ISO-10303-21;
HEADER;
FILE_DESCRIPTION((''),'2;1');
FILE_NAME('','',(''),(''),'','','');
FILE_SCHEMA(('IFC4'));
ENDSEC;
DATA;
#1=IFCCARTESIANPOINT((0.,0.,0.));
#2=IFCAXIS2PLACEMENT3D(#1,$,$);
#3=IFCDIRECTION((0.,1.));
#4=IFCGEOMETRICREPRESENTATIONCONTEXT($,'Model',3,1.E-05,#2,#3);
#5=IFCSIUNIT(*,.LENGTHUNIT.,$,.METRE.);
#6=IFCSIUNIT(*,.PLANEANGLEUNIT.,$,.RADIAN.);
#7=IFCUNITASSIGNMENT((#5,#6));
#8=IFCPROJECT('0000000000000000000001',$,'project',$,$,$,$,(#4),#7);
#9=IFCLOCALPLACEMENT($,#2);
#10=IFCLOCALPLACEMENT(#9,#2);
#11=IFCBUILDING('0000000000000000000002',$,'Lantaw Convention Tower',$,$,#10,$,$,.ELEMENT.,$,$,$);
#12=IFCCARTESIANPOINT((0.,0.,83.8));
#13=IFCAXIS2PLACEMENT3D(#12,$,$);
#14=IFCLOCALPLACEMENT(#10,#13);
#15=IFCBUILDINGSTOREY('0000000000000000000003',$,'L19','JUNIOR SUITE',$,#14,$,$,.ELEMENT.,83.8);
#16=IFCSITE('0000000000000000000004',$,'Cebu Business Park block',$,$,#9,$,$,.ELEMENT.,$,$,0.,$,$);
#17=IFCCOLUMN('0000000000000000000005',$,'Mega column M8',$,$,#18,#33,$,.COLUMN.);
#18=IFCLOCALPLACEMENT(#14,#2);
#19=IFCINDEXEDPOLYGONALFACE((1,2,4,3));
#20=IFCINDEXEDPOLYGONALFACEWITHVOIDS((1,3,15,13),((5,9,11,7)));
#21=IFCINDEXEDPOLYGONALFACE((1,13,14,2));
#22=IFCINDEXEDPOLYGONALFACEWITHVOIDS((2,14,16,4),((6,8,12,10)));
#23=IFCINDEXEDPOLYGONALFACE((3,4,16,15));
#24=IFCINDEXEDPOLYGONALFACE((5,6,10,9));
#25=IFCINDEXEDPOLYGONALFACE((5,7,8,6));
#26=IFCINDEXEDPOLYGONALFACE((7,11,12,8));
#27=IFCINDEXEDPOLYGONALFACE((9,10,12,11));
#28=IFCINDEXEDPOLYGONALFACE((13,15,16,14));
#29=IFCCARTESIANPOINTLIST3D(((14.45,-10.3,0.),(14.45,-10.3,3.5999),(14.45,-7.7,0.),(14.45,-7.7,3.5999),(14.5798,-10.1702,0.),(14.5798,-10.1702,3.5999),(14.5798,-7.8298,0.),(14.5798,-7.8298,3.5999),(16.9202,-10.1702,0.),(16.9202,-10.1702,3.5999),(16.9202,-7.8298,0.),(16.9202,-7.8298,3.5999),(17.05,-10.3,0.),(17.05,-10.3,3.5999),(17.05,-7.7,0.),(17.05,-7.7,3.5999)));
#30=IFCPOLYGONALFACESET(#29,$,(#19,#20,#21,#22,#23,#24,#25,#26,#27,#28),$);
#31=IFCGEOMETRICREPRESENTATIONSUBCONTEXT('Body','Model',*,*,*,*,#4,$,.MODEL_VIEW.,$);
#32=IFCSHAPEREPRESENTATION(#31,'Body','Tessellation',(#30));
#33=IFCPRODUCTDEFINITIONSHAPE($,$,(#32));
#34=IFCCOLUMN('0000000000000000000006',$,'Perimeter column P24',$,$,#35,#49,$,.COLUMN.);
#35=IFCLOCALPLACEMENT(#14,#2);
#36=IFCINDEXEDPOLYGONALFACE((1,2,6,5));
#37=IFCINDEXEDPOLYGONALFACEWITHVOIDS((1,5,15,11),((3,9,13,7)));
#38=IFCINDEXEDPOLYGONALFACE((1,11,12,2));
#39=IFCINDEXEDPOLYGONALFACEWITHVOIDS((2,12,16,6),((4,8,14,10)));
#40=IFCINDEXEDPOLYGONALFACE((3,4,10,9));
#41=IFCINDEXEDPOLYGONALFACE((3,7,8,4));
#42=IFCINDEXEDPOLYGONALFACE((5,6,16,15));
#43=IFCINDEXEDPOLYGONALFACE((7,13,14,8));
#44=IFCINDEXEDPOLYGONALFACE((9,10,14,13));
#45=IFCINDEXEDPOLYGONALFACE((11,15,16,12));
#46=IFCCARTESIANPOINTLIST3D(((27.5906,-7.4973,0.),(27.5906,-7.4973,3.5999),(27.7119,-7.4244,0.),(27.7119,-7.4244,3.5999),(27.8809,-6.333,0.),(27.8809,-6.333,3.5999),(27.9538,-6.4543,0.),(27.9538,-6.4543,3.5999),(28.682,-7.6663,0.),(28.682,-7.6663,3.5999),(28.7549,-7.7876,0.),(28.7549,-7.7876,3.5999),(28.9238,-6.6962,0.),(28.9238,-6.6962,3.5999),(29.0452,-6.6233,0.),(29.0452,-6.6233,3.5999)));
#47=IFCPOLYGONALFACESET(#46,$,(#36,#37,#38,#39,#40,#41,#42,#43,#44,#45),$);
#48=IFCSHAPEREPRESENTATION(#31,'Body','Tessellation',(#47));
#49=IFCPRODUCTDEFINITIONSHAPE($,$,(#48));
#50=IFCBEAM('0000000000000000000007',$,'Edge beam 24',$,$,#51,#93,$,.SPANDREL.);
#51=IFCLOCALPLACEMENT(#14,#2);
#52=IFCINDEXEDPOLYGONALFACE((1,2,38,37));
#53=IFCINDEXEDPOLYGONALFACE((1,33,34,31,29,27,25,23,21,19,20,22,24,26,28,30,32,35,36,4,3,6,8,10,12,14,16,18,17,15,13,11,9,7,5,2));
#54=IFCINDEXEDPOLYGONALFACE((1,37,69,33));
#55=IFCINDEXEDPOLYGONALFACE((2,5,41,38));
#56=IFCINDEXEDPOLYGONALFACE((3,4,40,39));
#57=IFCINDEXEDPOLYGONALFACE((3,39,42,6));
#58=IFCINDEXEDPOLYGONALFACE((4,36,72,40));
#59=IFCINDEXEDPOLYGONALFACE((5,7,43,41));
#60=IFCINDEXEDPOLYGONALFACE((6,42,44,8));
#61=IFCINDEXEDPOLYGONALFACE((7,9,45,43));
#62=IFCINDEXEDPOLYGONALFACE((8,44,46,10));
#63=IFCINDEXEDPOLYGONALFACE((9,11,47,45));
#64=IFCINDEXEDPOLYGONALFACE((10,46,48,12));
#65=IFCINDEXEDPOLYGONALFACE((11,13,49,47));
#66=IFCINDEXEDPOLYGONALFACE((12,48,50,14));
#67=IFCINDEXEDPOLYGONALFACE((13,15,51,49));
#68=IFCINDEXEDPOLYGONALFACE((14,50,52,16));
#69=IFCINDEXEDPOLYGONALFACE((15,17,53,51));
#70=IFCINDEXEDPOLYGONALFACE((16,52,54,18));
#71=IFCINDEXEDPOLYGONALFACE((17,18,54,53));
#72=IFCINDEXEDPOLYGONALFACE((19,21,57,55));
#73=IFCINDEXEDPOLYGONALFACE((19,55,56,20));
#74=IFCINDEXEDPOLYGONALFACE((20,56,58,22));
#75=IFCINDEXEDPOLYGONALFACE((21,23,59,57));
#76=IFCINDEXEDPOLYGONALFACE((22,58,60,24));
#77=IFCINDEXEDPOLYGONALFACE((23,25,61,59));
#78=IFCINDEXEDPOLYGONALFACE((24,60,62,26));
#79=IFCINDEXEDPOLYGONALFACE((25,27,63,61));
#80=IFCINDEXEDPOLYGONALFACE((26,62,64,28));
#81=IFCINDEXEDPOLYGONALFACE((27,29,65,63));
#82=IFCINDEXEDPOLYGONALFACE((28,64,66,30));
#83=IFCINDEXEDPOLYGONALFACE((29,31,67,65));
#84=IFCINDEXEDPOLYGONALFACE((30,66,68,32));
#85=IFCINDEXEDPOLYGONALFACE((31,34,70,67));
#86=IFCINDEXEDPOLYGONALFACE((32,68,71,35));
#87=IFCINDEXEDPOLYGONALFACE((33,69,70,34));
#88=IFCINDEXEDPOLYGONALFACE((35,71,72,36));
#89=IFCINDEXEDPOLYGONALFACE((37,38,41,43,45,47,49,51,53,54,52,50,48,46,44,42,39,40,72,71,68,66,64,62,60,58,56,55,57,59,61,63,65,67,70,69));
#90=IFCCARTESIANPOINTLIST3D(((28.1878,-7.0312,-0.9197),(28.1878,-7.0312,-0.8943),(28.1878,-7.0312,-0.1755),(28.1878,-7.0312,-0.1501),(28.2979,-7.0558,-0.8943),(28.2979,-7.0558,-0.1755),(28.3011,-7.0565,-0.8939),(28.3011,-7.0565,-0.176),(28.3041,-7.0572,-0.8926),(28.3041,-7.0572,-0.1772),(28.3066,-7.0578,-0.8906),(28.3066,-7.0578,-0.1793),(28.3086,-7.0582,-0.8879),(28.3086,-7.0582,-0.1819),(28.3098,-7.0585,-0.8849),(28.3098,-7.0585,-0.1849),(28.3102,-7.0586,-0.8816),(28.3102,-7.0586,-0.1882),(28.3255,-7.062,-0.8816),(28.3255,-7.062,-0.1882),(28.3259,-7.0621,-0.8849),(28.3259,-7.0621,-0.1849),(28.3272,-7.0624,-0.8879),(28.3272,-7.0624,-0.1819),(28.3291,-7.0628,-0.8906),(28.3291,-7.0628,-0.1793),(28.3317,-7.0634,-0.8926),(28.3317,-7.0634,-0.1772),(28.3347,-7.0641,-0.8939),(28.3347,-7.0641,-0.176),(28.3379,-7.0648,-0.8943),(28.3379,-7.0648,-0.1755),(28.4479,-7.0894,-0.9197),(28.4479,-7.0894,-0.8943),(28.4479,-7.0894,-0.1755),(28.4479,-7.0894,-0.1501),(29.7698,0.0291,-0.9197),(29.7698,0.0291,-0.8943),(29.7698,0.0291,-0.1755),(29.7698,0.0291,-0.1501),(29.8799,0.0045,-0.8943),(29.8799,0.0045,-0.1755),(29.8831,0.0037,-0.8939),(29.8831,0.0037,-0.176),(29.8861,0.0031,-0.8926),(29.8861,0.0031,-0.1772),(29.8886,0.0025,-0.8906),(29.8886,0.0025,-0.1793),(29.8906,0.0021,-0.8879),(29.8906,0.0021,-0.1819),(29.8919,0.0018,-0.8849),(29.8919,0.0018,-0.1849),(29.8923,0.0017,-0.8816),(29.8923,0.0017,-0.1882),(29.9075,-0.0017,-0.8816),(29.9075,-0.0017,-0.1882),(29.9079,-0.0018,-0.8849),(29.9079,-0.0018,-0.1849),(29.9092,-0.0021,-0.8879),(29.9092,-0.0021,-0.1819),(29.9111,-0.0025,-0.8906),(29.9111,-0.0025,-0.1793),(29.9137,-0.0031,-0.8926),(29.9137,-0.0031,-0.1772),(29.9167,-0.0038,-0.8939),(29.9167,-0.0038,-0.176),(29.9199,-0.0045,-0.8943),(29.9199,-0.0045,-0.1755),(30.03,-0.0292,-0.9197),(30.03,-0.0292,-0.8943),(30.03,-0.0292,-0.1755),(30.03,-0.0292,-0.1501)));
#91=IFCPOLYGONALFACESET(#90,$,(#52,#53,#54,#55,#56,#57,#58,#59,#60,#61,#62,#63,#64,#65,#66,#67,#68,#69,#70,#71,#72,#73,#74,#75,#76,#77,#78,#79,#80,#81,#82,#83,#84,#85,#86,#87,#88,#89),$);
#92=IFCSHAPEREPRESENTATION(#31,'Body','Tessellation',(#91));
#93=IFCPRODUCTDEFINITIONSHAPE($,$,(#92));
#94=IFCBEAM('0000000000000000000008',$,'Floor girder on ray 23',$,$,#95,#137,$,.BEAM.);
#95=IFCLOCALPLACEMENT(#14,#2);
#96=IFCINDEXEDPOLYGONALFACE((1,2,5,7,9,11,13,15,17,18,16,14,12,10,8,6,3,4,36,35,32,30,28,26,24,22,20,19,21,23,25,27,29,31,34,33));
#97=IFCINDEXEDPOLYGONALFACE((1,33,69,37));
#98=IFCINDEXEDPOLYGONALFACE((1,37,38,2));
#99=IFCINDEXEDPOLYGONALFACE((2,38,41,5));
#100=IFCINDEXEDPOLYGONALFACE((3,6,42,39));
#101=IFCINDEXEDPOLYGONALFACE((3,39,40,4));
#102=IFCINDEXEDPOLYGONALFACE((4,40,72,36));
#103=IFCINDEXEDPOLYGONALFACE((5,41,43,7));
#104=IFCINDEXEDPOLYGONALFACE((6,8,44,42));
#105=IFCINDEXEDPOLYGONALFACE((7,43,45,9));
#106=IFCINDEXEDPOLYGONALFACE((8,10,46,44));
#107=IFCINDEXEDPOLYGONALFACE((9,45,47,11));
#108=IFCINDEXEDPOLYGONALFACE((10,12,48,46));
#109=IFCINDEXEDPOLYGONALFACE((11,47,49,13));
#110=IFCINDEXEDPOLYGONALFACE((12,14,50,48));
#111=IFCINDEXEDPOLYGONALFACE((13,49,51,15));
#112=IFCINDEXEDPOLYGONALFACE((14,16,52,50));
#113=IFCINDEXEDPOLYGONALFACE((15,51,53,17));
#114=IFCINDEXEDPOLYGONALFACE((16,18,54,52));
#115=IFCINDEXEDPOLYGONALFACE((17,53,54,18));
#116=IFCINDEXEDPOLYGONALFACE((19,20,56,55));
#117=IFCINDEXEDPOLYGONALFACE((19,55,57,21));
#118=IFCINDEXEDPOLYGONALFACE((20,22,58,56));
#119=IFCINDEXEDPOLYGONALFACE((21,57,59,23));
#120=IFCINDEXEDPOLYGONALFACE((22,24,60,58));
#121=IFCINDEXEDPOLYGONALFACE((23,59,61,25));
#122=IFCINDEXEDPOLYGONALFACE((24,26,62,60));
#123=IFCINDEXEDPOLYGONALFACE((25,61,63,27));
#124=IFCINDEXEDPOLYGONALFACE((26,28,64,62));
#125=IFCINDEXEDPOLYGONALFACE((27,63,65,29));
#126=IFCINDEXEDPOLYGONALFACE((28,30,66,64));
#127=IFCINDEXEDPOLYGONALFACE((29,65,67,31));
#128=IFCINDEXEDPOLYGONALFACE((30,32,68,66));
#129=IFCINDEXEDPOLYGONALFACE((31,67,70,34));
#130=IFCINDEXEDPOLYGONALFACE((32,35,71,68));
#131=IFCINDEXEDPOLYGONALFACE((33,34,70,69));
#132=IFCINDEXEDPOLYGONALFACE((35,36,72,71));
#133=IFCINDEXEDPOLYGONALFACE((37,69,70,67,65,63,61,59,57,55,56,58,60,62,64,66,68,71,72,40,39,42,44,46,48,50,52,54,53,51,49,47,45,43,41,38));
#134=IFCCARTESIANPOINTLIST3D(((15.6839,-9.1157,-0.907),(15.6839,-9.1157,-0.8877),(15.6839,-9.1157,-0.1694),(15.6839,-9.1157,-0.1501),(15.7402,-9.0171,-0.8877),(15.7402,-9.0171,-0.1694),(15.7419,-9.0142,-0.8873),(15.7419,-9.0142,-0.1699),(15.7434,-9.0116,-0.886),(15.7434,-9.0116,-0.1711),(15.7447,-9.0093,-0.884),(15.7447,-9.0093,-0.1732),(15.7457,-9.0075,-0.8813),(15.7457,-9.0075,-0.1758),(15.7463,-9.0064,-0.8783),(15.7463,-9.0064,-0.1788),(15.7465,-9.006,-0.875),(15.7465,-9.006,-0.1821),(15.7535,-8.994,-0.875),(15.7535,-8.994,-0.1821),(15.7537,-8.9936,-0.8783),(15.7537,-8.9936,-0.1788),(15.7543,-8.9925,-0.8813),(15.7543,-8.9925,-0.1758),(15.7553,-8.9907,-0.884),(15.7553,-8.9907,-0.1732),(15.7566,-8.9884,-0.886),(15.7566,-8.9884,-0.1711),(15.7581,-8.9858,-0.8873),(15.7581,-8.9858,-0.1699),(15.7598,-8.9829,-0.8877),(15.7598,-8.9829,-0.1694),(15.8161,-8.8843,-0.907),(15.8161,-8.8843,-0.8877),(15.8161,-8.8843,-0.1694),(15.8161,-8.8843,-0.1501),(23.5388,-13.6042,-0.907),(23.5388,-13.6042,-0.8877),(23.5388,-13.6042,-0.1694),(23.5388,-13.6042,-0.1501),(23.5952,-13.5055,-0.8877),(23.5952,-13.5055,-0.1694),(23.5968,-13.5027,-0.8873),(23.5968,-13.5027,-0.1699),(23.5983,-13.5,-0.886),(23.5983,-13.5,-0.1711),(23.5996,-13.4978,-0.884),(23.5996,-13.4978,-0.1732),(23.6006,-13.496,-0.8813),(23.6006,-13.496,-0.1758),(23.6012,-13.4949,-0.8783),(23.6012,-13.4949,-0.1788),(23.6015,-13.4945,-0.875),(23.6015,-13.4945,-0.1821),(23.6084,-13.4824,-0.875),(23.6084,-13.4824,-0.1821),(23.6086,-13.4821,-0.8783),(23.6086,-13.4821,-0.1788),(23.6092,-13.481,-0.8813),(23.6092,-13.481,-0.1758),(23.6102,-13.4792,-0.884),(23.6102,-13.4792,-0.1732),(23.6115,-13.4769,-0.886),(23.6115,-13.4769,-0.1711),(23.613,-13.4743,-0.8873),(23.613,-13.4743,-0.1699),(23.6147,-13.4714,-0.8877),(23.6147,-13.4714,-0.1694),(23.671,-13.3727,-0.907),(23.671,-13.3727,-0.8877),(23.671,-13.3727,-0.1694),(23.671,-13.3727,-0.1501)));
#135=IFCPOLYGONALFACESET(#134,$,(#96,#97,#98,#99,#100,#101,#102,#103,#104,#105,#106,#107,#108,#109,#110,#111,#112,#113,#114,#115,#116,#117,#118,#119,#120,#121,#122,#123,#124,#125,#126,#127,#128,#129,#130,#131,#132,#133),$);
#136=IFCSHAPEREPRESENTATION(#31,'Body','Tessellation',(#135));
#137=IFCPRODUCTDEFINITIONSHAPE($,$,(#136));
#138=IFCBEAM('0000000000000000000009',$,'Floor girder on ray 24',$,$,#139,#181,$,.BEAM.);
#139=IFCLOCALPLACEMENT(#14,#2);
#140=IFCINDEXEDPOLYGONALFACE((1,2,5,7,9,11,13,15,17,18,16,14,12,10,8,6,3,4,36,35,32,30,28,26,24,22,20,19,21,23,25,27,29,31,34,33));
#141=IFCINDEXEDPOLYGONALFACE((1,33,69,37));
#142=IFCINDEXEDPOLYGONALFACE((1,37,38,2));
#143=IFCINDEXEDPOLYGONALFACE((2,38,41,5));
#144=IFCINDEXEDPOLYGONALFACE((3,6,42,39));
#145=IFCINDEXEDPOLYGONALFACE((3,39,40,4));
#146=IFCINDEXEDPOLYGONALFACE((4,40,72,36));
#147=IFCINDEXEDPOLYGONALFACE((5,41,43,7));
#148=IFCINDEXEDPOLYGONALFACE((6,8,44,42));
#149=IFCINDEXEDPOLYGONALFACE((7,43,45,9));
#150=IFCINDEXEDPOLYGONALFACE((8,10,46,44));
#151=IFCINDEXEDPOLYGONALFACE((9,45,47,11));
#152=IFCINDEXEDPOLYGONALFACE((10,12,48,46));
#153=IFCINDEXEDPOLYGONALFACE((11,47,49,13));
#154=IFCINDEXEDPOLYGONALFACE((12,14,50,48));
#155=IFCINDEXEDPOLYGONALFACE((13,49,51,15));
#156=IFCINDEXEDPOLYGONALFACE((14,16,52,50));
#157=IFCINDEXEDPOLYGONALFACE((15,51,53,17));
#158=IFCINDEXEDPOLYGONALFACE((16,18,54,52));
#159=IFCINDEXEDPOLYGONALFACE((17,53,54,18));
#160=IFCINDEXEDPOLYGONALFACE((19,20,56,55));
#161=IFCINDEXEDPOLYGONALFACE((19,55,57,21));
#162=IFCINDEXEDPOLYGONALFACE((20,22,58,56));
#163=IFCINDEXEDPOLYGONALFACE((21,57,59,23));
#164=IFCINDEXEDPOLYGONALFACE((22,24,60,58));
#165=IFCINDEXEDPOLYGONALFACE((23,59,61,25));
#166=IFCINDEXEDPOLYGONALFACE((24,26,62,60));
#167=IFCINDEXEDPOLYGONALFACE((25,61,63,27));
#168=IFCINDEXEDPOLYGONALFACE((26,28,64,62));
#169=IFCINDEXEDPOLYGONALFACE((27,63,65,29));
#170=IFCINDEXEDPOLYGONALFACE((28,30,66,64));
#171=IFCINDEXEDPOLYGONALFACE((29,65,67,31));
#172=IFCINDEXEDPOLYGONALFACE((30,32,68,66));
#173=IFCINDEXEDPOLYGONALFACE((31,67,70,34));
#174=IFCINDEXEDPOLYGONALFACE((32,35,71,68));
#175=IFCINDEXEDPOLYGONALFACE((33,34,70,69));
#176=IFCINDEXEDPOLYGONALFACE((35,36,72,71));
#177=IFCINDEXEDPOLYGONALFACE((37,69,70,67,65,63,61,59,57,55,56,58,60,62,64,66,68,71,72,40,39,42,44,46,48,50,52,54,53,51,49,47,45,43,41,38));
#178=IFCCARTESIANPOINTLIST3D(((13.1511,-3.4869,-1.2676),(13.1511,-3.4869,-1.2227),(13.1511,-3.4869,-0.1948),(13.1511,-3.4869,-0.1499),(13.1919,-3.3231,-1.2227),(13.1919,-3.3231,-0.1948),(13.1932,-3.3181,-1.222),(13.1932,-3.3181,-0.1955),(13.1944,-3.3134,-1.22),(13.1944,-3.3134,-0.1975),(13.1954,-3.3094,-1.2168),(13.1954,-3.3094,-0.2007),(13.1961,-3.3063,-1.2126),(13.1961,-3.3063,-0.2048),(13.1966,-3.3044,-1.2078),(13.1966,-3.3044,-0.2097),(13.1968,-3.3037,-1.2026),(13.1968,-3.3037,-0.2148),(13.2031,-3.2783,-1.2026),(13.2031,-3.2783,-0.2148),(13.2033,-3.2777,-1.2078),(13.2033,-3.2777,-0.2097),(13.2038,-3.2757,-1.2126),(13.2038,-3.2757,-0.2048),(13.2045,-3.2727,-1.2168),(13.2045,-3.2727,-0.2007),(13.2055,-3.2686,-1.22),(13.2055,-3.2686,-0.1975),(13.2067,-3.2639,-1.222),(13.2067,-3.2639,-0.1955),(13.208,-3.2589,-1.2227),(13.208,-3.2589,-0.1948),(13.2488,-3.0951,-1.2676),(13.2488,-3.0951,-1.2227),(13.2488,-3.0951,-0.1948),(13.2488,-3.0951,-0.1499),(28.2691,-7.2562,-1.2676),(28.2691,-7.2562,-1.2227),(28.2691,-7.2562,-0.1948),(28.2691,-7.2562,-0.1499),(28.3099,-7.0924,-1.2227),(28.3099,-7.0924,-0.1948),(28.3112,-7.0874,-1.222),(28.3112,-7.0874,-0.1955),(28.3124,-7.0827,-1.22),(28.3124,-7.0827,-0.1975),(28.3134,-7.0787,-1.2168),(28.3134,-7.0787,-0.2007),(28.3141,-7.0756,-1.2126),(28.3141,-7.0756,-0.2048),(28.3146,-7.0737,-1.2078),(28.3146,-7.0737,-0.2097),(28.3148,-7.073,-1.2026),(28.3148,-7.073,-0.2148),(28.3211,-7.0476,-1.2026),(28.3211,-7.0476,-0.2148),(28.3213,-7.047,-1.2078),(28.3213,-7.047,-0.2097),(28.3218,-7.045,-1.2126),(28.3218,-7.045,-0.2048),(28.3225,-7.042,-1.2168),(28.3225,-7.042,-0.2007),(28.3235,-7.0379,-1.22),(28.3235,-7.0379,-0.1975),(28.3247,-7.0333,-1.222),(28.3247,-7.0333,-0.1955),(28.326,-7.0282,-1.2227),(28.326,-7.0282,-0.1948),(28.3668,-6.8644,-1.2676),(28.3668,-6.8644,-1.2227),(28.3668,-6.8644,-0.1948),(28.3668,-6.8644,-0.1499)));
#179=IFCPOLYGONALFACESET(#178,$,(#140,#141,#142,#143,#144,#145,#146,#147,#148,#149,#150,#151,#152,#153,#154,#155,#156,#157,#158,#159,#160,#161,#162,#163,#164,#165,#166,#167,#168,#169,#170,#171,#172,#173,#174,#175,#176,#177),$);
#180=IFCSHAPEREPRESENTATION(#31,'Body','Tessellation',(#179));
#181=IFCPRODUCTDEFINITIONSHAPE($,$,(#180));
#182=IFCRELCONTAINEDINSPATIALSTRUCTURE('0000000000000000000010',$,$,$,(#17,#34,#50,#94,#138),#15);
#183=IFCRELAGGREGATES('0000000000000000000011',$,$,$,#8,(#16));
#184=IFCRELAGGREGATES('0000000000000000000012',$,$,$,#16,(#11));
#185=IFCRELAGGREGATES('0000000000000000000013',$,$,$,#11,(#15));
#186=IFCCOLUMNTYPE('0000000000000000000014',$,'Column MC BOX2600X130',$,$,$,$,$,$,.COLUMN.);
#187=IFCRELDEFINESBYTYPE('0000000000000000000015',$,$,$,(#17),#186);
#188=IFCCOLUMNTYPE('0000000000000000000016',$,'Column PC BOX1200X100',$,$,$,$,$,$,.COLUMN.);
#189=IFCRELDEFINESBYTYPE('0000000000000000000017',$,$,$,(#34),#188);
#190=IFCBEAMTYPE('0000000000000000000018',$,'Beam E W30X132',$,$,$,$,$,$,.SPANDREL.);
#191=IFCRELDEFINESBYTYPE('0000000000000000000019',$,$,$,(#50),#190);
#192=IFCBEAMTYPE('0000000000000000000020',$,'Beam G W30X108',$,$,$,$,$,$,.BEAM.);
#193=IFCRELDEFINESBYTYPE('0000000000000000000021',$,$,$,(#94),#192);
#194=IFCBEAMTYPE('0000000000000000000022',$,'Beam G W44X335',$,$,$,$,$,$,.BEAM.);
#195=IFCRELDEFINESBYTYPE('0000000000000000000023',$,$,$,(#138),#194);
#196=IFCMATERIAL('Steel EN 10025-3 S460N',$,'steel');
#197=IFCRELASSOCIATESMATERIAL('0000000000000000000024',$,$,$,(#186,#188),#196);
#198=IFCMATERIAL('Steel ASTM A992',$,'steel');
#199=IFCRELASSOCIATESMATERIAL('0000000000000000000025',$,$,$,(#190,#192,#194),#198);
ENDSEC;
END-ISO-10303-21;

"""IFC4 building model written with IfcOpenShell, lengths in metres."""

from ifc_helpers import new_model, si_unit, direction, frame, origin, origin_2d, place, context, subcontext, project, spatial, rectangle, hollow_rectangle, i_section, extrude, material, material_profile, profile_set, type_object, element, save


model = new_model("IFC4")

# Units and contexts
model_context = context("Model", 3, precision=1e-05, world=origin(), true_north=direction((0.0, 1.0)))
body_context = subcontext(model_context, "Body", "Model", "MODEL_VIEW")
ifc_project = project(units=[si_unit("LENGTHUNIT", "METRE"), si_unit("PLANEANGLEUNIT", "RADIAN")], contexts=[model_context])

# Site, building, storey
site_placement = place(None, origin())
site = spatial("IfcSite", under=ifc_project, at=site_placement, Name="Cebu Business Park block", CompositionType="ELEMENT", RefElevation=0.0)
building_placement = place(site_placement, origin())
building = spatial("IfcBuilding", under=site, at=building_placement, Name="Lantaw Convention Tower", CompositionType="ELEMENT")
storey_placement = place(building_placement, frame((0.0, 0.0, 83.8)))
storey = spatial("IfcBuildingStorey", under=building, at=storey_placement, Name="L19", Description="JUNIOR SUITE", CompositionType="ELEMENT", Elevation=83.8)

# Columns
ifc_material_1 = material(Name="Steel EN 10025-3 S460N", Category="steel")
ifc_material_profile_1 = material_profile(ifc_material_1, hollow_rectangle(XDim=2.6001, YDim=2.6001, WallThickness=0.1299, at=origin_2d()), Name="BOX2600X130")
ifc_material_2 = material(Name="Concrete C60/75", Category="concrete")
ifc_material_profile_2 = material_profile(ifc_material_2, rectangle(XDim=2.3401, YDim=2.3401, at=origin_2d()), Name="Concrete fill of BOX2600X130")
ifc_profile_set_1 = profile_set([ifc_material_profile_1, ifc_material_profile_2], Name="Steel EN 10025-3 S460N")
column_type_1 = type_object("IfcColumnType", Name="Column MC BOX2600X130", PredefinedType="COLUMN", material=ifc_profile_set_1)
column_1_placement = place(storey_placement, frame((15.75, -9.0, 0.0), z_axis=(0.0, 0.0, 1.0), x_axis=(1.0, 0.0, 0.0)))
element("IfcColumn", 1, at=column_1_placement, inside=storey, type_object=column_type_1, Name="Mega column M8", PredefinedType="COLUMN", context=body_context, shape_type="SweptSolid", body=[
    extrude(hollow_rectangle(XDim=2.6001, YDim=2.6001, WallThickness=0.1299, at=origin_2d()), origin(), (0.0, 0.0, 1.0), 3.5999),
])
ifc_material_profile_3 = material_profile(ifc_material_1, hollow_rectangle(XDim=1.2, YDim=1.2, WallThickness=0.1001, at=origin_2d()), Name="BOX1200X100")
ifc_material_profile_4 = material_profile(ifc_material_2, rectangle(XDim=1.0, YDim=1.0, at=origin_2d()), Name="Concrete fill of BOX1200X100")
ifc_profile_set_2 = profile_set([ifc_material_profile_3, ifc_material_profile_4], Name="Steel EN 10025-3 S460N")
column_type_2 = type_object("IfcColumnType", Name="Column PC BOX1200X100", PredefinedType="COLUMN", material=ifc_profile_set_2)
column_2_placement = place(storey_placement, frame((28.3179, -7.0603, 0.0), z_axis=(0.0, 0.0, 1.0), x_axis=(0.241922, 0.970296, 0.0)))
element("IfcColumn", 2, at=column_2_placement, inside=storey, type_object=column_type_2, Name="Perimeter column P24", PredefinedType="COLUMN", context=body_context, shape_type="SweptSolid", body=[
    extrude(hollow_rectangle(XDim=1.2, YDim=1.2, WallThickness=0.1001, at=origin_2d()), origin(), (0.0, 0.0, 1.0), 3.5999),
])

# Beams
ifc_material_3 = material(Name="Steel ASTM A992", Category="steel")
ifc_material_profile_5 = material_profile(ifc_material_3, i_section(OverallWidth=0.2666, OverallDepth=0.7695, WebThickness=0.0156, FlangeThickness=0.0254, FilletRadius=0.0127, at=origin_2d()), Name="W30X132")
ifc_profile_set_3 = profile_set([ifc_material_profile_5], Name="Steel ASTM A992")
beam_type_1 = type_object("IfcBeamType", Name="Beam E W30X132", PredefinedType="SPANDREL", material=ifc_profile_set_3)
beam_1_placement = place(storey_placement, frame((28.3179, -7.0603, -0.5349), z_axis=(0.218652, 0.975803, 0.0), x_axis=(-0.975803, 0.218652, 0.0)))
element("IfcBeam", 3, at=beam_1_placement, inside=storey, type_object=beam_type_1, Name="Edge beam 24", PredefinedType="SPANDREL", context=body_context, shape_type="SweptSolid", body=[
    extrude(i_section(OverallWidth=0.2666, OverallDepth=0.7695, WebThickness=0.0156, FlangeThickness=0.0254, FilletRadius=0.0127, at=origin_2d()), origin(), (0.0, 0.0, 1.0), 7.2354),
])
ifc_material_profile_6 = material_profile(ifc_material_3, i_section(OverallWidth=0.2666, OverallDepth=0.7568, WebThickness=0.0139, FlangeThickness=0.0193, FilletRadius=0.0127, at=origin_2d()), Name="W30X108")
ifc_profile_set_4 = profile_set([ifc_material_profile_6], Name="Steel ASTM A992")
beam_type_2 = type_object("IfcBeamType", Name="Beam G W30X108", PredefinedType="BEAM", material=ifc_profile_set_4)
beam_2_placement = place(storey_placement, frame((15.75, -9.0, -0.5286), z_axis=(0.868245, -0.496136, 0.0), x_axis=(0.496136, 0.868245, 0.0)))
element("IfcBeam", 4, at=beam_2_placement, inside=storey, type_object=beam_type_2, Name="Floor girder on ray 23", PredefinedType="BEAM", context=body_context, shape_type="SweptSolid", body=[
    extrude(i_section(OverallWidth=0.2666, OverallDepth=0.7568, WebThickness=0.0139, FlangeThickness=0.0193, FilletRadius=0.0127, at=origin_2d()), origin(), (0.0, 0.0, 1.0), 9.0469),
])
ifc_material_profile_7 = material_profile(ifc_material_3, i_section(OverallWidth=0.4038, OverallDepth=1.1177, WebThickness=0.0261, FlangeThickness=0.0449, FilletRadius=0.02, at=origin_2d()), Name="W44X335")
ifc_profile_set_5 = profile_set([ifc_material_profile_7], Name="Steel ASTM A992")
beam_type_3 = type_object("IfcBeamType", Name="Beam G W44X335", PredefinedType="BEAM", material=ifc_profile_set_5)
beam_3_placement = place(storey_placement, frame((13.2, -3.291, -0.7087), z_axis=(0.970296, -0.24192, 0.0), x_axis=(0.24192, 0.970296, 0.0)))
element("IfcBeam", 5, at=beam_3_placement, inside=storey, type_object=beam_type_3, Name="Floor girder on ray 24", PredefinedType="BEAM", context=body_context, shape_type="SweptSolid", body=[
    extrude(i_section(OverallWidth=0.4038, OverallDepth=1.1177, WebThickness=0.0261, FlangeThickness=0.0449, FilletRadius=0.02, at=origin_2d()), origin(), (0.0, 0.0, 1.0), 15.5808),
])

save(model, "model.ifc")
